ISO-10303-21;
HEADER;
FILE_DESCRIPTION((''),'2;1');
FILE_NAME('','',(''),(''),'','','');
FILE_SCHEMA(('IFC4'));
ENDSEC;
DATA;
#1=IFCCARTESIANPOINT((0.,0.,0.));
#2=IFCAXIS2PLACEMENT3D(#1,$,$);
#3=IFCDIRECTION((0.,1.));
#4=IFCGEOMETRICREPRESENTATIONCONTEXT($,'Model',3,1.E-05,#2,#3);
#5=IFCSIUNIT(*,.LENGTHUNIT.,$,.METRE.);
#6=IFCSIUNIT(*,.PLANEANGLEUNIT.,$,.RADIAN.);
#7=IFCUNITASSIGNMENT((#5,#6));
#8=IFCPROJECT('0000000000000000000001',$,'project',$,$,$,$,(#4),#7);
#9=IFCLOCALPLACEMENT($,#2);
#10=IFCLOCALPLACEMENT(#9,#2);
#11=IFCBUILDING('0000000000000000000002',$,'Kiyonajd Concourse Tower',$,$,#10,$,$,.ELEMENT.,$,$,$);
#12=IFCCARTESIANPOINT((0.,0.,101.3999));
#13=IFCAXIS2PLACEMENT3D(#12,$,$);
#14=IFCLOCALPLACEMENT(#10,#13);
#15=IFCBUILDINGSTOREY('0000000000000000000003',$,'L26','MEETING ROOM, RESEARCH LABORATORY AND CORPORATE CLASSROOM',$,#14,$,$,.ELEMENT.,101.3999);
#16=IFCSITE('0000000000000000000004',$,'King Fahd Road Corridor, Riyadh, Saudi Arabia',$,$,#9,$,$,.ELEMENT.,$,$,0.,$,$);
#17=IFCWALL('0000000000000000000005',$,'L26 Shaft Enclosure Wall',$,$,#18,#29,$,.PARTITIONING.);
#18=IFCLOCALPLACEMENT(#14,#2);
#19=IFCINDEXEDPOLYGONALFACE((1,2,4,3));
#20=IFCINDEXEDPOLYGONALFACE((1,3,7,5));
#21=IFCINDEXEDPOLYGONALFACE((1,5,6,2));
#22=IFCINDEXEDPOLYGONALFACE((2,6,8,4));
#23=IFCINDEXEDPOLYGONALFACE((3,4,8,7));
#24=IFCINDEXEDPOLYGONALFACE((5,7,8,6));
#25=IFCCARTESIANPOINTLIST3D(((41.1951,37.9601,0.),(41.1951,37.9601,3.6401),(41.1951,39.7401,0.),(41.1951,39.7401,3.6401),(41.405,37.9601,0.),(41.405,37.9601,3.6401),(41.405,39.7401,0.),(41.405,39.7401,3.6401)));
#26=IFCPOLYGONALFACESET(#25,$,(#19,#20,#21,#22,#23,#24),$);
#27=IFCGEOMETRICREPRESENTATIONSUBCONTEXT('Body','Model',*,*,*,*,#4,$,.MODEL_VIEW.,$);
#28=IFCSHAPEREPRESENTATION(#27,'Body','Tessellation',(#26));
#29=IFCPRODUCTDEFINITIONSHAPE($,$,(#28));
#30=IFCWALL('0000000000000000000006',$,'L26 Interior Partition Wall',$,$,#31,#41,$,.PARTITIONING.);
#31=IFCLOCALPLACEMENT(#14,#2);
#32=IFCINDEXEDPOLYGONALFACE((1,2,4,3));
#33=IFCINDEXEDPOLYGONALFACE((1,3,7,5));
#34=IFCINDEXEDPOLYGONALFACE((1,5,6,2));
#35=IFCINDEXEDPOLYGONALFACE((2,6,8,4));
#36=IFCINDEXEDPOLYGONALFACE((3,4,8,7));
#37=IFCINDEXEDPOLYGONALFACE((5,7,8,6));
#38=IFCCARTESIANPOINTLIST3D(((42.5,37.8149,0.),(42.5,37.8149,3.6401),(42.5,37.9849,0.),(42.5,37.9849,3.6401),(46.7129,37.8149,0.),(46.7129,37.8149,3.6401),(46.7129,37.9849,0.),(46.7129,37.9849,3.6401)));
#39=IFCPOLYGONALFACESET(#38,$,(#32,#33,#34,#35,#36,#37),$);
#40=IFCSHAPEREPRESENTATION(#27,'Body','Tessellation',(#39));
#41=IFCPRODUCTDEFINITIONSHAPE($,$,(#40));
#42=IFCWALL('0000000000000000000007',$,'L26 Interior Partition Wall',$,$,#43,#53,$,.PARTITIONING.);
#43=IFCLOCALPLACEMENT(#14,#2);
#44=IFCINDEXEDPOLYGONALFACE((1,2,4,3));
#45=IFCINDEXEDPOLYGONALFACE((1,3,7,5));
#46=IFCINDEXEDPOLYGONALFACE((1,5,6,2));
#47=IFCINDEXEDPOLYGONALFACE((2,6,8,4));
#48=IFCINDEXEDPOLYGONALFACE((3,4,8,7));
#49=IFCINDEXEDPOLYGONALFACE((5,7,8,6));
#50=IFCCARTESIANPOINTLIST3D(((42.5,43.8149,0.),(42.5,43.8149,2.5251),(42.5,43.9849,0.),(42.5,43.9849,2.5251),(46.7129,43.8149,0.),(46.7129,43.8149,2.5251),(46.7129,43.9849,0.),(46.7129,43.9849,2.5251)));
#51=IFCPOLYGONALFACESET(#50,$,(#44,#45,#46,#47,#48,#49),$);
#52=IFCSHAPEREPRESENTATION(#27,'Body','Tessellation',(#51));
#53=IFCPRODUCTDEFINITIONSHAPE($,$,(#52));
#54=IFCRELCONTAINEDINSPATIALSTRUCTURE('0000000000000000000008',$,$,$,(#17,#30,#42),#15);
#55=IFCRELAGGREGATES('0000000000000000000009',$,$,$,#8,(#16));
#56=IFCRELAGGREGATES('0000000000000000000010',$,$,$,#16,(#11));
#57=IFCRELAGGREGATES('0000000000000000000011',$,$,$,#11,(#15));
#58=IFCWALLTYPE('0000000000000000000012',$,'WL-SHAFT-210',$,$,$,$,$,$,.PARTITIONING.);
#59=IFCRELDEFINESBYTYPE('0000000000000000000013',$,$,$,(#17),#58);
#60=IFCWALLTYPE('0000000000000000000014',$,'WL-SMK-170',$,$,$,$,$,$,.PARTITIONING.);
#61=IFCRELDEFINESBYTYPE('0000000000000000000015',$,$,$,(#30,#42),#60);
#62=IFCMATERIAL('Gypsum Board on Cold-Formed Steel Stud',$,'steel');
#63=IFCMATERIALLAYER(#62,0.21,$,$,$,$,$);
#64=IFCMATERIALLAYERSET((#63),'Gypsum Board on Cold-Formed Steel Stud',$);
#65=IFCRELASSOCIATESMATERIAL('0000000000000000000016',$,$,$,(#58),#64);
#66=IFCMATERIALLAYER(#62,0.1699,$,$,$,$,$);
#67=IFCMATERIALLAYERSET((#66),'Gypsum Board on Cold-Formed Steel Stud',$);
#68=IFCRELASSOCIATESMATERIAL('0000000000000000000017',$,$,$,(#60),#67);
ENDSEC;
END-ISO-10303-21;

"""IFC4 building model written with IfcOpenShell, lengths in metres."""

from ifc_helpers import new_model, si_unit, direction, frame, frame_2d, origin, place, context, subcontext, project, spatial, rectangle, extrude, material, layer, layer_set, type_object, element, save


model = new_model("IFC4")

# Units and contexts
model_context = context("Model", 3, precision=1e-05, world=origin(), true_north=direction((0.0, 1.0)))
body_context = subcontext(model_context, "Body", "Model", "MODEL_VIEW")
ifc_project = project(units=[si_unit("LENGTHUNIT", "METRE"), si_unit("PLANEANGLEUNIT", "RADIAN")], contexts=[model_context])

# Site, building, storey
site_placement = place(None, origin())
site = spatial("IfcSite", under=ifc_project, at=site_placement, Name="King Fahd Road Corridor, Riyadh, Saudi Arabia", CompositionType="ELEMENT", RefElevation=0.0)
building_placement = place(site_placement, origin())
building = spatial("IfcBuilding", under=site, at=building_placement, Name="Kiyonajd Concourse Tower", CompositionType="ELEMENT")
storey_placement = place(building_placement, frame((0.0, 0.0, 101.3999)))
storey = spatial("IfcBuildingStorey", under=building, at=storey_placement, Name="L26", Description="MEETING ROOM, RESEARCH LABORATORY AND CORPORATE CLASSROOM", CompositionType="ELEMENT", Elevation=101.3999)

# Walls
ifc_material_1 = material(Name="Gypsum Board on Cold-Formed Steel Stud", Category="steel")
ifc_layer_1 = layer(ifc_material_1, 0.21)
ifc_layer_set_1 = layer_set([ifc_layer_1], Name="Gypsum Board on Cold-Formed Steel Stud")
wall_type_1 = type_object("IfcWallType", Name="WL-SHAFT-210", PredefinedType="PARTITIONING", material=ifc_layer_set_1)
wall_1_placement = place(storey_placement, frame((41.3, 37.96, 0.0), z_axis=(0.0, 0.0, 1.0), x_axis=(0.0, 1.0, 0.0)))
element("IfcWall", 1, at=wall_1_placement, inside=storey, type_object=wall_type_1, Name="L26 Shaft Enclosure Wall", PredefinedType="PARTITIONING", context=body_context, shape_type="SweptSolid", body=[
    extrude(rectangle(XDim=1.78, YDim=0.21, at=frame_2d((0.8901, 0.0))), origin(), (0.0, 0.0, 1.0), 3.6401),
])
ifc_layer_2 = layer(ifc_material_1, 0.1699)
ifc_layer_set_2 = layer_set([ifc_layer_2], Name="Gypsum Board on Cold-Formed Steel Stud")
wall_type_2 = type_object("IfcWallType", Name="WL-SMK-170", PredefinedType="PARTITIONING", material=ifc_layer_set_2)
wall_2_placement = place(storey_placement, frame((42.5, 37.8999, 0.0), z_axis=(0.0, 0.0, 1.0), x_axis=(1.0, 0.0, 0.0)))
element("IfcWall", 2, at=wall_2_placement, inside=storey, type_object=wall_type_2, Name="L26 Interior Partition Wall", PredefinedType="PARTITIONING", context=body_context, shape_type="SweptSolid", body=[
    extrude(rectangle(XDim=4.2129, YDim=0.1699, at=frame_2d((2.1064, 0.0))), origin(), (0.0, 0.0, 1.0), 3.6401),
])
wall_3_placement = place(storey_placement, frame((42.5, 43.8999, 0.0), z_axis=(0.0, 0.0, 1.0), x_axis=(1.0, 0.0, 0.0)))
element("IfcWall", 3, at=wall_3_placement, inside=storey, type_object=wall_type_2, Name="L26 Interior Partition Wall", PredefinedType="PARTITIONING", context=body_context, shape_type="SweptSolid", body=[
    extrude(rectangle(XDim=4.2129, YDim=0.1699, at=frame_2d((2.1064, 0.0))), origin(), (0.0, 0.0, 1.0), 2.5251),
])

save(model, "model.ifc")
